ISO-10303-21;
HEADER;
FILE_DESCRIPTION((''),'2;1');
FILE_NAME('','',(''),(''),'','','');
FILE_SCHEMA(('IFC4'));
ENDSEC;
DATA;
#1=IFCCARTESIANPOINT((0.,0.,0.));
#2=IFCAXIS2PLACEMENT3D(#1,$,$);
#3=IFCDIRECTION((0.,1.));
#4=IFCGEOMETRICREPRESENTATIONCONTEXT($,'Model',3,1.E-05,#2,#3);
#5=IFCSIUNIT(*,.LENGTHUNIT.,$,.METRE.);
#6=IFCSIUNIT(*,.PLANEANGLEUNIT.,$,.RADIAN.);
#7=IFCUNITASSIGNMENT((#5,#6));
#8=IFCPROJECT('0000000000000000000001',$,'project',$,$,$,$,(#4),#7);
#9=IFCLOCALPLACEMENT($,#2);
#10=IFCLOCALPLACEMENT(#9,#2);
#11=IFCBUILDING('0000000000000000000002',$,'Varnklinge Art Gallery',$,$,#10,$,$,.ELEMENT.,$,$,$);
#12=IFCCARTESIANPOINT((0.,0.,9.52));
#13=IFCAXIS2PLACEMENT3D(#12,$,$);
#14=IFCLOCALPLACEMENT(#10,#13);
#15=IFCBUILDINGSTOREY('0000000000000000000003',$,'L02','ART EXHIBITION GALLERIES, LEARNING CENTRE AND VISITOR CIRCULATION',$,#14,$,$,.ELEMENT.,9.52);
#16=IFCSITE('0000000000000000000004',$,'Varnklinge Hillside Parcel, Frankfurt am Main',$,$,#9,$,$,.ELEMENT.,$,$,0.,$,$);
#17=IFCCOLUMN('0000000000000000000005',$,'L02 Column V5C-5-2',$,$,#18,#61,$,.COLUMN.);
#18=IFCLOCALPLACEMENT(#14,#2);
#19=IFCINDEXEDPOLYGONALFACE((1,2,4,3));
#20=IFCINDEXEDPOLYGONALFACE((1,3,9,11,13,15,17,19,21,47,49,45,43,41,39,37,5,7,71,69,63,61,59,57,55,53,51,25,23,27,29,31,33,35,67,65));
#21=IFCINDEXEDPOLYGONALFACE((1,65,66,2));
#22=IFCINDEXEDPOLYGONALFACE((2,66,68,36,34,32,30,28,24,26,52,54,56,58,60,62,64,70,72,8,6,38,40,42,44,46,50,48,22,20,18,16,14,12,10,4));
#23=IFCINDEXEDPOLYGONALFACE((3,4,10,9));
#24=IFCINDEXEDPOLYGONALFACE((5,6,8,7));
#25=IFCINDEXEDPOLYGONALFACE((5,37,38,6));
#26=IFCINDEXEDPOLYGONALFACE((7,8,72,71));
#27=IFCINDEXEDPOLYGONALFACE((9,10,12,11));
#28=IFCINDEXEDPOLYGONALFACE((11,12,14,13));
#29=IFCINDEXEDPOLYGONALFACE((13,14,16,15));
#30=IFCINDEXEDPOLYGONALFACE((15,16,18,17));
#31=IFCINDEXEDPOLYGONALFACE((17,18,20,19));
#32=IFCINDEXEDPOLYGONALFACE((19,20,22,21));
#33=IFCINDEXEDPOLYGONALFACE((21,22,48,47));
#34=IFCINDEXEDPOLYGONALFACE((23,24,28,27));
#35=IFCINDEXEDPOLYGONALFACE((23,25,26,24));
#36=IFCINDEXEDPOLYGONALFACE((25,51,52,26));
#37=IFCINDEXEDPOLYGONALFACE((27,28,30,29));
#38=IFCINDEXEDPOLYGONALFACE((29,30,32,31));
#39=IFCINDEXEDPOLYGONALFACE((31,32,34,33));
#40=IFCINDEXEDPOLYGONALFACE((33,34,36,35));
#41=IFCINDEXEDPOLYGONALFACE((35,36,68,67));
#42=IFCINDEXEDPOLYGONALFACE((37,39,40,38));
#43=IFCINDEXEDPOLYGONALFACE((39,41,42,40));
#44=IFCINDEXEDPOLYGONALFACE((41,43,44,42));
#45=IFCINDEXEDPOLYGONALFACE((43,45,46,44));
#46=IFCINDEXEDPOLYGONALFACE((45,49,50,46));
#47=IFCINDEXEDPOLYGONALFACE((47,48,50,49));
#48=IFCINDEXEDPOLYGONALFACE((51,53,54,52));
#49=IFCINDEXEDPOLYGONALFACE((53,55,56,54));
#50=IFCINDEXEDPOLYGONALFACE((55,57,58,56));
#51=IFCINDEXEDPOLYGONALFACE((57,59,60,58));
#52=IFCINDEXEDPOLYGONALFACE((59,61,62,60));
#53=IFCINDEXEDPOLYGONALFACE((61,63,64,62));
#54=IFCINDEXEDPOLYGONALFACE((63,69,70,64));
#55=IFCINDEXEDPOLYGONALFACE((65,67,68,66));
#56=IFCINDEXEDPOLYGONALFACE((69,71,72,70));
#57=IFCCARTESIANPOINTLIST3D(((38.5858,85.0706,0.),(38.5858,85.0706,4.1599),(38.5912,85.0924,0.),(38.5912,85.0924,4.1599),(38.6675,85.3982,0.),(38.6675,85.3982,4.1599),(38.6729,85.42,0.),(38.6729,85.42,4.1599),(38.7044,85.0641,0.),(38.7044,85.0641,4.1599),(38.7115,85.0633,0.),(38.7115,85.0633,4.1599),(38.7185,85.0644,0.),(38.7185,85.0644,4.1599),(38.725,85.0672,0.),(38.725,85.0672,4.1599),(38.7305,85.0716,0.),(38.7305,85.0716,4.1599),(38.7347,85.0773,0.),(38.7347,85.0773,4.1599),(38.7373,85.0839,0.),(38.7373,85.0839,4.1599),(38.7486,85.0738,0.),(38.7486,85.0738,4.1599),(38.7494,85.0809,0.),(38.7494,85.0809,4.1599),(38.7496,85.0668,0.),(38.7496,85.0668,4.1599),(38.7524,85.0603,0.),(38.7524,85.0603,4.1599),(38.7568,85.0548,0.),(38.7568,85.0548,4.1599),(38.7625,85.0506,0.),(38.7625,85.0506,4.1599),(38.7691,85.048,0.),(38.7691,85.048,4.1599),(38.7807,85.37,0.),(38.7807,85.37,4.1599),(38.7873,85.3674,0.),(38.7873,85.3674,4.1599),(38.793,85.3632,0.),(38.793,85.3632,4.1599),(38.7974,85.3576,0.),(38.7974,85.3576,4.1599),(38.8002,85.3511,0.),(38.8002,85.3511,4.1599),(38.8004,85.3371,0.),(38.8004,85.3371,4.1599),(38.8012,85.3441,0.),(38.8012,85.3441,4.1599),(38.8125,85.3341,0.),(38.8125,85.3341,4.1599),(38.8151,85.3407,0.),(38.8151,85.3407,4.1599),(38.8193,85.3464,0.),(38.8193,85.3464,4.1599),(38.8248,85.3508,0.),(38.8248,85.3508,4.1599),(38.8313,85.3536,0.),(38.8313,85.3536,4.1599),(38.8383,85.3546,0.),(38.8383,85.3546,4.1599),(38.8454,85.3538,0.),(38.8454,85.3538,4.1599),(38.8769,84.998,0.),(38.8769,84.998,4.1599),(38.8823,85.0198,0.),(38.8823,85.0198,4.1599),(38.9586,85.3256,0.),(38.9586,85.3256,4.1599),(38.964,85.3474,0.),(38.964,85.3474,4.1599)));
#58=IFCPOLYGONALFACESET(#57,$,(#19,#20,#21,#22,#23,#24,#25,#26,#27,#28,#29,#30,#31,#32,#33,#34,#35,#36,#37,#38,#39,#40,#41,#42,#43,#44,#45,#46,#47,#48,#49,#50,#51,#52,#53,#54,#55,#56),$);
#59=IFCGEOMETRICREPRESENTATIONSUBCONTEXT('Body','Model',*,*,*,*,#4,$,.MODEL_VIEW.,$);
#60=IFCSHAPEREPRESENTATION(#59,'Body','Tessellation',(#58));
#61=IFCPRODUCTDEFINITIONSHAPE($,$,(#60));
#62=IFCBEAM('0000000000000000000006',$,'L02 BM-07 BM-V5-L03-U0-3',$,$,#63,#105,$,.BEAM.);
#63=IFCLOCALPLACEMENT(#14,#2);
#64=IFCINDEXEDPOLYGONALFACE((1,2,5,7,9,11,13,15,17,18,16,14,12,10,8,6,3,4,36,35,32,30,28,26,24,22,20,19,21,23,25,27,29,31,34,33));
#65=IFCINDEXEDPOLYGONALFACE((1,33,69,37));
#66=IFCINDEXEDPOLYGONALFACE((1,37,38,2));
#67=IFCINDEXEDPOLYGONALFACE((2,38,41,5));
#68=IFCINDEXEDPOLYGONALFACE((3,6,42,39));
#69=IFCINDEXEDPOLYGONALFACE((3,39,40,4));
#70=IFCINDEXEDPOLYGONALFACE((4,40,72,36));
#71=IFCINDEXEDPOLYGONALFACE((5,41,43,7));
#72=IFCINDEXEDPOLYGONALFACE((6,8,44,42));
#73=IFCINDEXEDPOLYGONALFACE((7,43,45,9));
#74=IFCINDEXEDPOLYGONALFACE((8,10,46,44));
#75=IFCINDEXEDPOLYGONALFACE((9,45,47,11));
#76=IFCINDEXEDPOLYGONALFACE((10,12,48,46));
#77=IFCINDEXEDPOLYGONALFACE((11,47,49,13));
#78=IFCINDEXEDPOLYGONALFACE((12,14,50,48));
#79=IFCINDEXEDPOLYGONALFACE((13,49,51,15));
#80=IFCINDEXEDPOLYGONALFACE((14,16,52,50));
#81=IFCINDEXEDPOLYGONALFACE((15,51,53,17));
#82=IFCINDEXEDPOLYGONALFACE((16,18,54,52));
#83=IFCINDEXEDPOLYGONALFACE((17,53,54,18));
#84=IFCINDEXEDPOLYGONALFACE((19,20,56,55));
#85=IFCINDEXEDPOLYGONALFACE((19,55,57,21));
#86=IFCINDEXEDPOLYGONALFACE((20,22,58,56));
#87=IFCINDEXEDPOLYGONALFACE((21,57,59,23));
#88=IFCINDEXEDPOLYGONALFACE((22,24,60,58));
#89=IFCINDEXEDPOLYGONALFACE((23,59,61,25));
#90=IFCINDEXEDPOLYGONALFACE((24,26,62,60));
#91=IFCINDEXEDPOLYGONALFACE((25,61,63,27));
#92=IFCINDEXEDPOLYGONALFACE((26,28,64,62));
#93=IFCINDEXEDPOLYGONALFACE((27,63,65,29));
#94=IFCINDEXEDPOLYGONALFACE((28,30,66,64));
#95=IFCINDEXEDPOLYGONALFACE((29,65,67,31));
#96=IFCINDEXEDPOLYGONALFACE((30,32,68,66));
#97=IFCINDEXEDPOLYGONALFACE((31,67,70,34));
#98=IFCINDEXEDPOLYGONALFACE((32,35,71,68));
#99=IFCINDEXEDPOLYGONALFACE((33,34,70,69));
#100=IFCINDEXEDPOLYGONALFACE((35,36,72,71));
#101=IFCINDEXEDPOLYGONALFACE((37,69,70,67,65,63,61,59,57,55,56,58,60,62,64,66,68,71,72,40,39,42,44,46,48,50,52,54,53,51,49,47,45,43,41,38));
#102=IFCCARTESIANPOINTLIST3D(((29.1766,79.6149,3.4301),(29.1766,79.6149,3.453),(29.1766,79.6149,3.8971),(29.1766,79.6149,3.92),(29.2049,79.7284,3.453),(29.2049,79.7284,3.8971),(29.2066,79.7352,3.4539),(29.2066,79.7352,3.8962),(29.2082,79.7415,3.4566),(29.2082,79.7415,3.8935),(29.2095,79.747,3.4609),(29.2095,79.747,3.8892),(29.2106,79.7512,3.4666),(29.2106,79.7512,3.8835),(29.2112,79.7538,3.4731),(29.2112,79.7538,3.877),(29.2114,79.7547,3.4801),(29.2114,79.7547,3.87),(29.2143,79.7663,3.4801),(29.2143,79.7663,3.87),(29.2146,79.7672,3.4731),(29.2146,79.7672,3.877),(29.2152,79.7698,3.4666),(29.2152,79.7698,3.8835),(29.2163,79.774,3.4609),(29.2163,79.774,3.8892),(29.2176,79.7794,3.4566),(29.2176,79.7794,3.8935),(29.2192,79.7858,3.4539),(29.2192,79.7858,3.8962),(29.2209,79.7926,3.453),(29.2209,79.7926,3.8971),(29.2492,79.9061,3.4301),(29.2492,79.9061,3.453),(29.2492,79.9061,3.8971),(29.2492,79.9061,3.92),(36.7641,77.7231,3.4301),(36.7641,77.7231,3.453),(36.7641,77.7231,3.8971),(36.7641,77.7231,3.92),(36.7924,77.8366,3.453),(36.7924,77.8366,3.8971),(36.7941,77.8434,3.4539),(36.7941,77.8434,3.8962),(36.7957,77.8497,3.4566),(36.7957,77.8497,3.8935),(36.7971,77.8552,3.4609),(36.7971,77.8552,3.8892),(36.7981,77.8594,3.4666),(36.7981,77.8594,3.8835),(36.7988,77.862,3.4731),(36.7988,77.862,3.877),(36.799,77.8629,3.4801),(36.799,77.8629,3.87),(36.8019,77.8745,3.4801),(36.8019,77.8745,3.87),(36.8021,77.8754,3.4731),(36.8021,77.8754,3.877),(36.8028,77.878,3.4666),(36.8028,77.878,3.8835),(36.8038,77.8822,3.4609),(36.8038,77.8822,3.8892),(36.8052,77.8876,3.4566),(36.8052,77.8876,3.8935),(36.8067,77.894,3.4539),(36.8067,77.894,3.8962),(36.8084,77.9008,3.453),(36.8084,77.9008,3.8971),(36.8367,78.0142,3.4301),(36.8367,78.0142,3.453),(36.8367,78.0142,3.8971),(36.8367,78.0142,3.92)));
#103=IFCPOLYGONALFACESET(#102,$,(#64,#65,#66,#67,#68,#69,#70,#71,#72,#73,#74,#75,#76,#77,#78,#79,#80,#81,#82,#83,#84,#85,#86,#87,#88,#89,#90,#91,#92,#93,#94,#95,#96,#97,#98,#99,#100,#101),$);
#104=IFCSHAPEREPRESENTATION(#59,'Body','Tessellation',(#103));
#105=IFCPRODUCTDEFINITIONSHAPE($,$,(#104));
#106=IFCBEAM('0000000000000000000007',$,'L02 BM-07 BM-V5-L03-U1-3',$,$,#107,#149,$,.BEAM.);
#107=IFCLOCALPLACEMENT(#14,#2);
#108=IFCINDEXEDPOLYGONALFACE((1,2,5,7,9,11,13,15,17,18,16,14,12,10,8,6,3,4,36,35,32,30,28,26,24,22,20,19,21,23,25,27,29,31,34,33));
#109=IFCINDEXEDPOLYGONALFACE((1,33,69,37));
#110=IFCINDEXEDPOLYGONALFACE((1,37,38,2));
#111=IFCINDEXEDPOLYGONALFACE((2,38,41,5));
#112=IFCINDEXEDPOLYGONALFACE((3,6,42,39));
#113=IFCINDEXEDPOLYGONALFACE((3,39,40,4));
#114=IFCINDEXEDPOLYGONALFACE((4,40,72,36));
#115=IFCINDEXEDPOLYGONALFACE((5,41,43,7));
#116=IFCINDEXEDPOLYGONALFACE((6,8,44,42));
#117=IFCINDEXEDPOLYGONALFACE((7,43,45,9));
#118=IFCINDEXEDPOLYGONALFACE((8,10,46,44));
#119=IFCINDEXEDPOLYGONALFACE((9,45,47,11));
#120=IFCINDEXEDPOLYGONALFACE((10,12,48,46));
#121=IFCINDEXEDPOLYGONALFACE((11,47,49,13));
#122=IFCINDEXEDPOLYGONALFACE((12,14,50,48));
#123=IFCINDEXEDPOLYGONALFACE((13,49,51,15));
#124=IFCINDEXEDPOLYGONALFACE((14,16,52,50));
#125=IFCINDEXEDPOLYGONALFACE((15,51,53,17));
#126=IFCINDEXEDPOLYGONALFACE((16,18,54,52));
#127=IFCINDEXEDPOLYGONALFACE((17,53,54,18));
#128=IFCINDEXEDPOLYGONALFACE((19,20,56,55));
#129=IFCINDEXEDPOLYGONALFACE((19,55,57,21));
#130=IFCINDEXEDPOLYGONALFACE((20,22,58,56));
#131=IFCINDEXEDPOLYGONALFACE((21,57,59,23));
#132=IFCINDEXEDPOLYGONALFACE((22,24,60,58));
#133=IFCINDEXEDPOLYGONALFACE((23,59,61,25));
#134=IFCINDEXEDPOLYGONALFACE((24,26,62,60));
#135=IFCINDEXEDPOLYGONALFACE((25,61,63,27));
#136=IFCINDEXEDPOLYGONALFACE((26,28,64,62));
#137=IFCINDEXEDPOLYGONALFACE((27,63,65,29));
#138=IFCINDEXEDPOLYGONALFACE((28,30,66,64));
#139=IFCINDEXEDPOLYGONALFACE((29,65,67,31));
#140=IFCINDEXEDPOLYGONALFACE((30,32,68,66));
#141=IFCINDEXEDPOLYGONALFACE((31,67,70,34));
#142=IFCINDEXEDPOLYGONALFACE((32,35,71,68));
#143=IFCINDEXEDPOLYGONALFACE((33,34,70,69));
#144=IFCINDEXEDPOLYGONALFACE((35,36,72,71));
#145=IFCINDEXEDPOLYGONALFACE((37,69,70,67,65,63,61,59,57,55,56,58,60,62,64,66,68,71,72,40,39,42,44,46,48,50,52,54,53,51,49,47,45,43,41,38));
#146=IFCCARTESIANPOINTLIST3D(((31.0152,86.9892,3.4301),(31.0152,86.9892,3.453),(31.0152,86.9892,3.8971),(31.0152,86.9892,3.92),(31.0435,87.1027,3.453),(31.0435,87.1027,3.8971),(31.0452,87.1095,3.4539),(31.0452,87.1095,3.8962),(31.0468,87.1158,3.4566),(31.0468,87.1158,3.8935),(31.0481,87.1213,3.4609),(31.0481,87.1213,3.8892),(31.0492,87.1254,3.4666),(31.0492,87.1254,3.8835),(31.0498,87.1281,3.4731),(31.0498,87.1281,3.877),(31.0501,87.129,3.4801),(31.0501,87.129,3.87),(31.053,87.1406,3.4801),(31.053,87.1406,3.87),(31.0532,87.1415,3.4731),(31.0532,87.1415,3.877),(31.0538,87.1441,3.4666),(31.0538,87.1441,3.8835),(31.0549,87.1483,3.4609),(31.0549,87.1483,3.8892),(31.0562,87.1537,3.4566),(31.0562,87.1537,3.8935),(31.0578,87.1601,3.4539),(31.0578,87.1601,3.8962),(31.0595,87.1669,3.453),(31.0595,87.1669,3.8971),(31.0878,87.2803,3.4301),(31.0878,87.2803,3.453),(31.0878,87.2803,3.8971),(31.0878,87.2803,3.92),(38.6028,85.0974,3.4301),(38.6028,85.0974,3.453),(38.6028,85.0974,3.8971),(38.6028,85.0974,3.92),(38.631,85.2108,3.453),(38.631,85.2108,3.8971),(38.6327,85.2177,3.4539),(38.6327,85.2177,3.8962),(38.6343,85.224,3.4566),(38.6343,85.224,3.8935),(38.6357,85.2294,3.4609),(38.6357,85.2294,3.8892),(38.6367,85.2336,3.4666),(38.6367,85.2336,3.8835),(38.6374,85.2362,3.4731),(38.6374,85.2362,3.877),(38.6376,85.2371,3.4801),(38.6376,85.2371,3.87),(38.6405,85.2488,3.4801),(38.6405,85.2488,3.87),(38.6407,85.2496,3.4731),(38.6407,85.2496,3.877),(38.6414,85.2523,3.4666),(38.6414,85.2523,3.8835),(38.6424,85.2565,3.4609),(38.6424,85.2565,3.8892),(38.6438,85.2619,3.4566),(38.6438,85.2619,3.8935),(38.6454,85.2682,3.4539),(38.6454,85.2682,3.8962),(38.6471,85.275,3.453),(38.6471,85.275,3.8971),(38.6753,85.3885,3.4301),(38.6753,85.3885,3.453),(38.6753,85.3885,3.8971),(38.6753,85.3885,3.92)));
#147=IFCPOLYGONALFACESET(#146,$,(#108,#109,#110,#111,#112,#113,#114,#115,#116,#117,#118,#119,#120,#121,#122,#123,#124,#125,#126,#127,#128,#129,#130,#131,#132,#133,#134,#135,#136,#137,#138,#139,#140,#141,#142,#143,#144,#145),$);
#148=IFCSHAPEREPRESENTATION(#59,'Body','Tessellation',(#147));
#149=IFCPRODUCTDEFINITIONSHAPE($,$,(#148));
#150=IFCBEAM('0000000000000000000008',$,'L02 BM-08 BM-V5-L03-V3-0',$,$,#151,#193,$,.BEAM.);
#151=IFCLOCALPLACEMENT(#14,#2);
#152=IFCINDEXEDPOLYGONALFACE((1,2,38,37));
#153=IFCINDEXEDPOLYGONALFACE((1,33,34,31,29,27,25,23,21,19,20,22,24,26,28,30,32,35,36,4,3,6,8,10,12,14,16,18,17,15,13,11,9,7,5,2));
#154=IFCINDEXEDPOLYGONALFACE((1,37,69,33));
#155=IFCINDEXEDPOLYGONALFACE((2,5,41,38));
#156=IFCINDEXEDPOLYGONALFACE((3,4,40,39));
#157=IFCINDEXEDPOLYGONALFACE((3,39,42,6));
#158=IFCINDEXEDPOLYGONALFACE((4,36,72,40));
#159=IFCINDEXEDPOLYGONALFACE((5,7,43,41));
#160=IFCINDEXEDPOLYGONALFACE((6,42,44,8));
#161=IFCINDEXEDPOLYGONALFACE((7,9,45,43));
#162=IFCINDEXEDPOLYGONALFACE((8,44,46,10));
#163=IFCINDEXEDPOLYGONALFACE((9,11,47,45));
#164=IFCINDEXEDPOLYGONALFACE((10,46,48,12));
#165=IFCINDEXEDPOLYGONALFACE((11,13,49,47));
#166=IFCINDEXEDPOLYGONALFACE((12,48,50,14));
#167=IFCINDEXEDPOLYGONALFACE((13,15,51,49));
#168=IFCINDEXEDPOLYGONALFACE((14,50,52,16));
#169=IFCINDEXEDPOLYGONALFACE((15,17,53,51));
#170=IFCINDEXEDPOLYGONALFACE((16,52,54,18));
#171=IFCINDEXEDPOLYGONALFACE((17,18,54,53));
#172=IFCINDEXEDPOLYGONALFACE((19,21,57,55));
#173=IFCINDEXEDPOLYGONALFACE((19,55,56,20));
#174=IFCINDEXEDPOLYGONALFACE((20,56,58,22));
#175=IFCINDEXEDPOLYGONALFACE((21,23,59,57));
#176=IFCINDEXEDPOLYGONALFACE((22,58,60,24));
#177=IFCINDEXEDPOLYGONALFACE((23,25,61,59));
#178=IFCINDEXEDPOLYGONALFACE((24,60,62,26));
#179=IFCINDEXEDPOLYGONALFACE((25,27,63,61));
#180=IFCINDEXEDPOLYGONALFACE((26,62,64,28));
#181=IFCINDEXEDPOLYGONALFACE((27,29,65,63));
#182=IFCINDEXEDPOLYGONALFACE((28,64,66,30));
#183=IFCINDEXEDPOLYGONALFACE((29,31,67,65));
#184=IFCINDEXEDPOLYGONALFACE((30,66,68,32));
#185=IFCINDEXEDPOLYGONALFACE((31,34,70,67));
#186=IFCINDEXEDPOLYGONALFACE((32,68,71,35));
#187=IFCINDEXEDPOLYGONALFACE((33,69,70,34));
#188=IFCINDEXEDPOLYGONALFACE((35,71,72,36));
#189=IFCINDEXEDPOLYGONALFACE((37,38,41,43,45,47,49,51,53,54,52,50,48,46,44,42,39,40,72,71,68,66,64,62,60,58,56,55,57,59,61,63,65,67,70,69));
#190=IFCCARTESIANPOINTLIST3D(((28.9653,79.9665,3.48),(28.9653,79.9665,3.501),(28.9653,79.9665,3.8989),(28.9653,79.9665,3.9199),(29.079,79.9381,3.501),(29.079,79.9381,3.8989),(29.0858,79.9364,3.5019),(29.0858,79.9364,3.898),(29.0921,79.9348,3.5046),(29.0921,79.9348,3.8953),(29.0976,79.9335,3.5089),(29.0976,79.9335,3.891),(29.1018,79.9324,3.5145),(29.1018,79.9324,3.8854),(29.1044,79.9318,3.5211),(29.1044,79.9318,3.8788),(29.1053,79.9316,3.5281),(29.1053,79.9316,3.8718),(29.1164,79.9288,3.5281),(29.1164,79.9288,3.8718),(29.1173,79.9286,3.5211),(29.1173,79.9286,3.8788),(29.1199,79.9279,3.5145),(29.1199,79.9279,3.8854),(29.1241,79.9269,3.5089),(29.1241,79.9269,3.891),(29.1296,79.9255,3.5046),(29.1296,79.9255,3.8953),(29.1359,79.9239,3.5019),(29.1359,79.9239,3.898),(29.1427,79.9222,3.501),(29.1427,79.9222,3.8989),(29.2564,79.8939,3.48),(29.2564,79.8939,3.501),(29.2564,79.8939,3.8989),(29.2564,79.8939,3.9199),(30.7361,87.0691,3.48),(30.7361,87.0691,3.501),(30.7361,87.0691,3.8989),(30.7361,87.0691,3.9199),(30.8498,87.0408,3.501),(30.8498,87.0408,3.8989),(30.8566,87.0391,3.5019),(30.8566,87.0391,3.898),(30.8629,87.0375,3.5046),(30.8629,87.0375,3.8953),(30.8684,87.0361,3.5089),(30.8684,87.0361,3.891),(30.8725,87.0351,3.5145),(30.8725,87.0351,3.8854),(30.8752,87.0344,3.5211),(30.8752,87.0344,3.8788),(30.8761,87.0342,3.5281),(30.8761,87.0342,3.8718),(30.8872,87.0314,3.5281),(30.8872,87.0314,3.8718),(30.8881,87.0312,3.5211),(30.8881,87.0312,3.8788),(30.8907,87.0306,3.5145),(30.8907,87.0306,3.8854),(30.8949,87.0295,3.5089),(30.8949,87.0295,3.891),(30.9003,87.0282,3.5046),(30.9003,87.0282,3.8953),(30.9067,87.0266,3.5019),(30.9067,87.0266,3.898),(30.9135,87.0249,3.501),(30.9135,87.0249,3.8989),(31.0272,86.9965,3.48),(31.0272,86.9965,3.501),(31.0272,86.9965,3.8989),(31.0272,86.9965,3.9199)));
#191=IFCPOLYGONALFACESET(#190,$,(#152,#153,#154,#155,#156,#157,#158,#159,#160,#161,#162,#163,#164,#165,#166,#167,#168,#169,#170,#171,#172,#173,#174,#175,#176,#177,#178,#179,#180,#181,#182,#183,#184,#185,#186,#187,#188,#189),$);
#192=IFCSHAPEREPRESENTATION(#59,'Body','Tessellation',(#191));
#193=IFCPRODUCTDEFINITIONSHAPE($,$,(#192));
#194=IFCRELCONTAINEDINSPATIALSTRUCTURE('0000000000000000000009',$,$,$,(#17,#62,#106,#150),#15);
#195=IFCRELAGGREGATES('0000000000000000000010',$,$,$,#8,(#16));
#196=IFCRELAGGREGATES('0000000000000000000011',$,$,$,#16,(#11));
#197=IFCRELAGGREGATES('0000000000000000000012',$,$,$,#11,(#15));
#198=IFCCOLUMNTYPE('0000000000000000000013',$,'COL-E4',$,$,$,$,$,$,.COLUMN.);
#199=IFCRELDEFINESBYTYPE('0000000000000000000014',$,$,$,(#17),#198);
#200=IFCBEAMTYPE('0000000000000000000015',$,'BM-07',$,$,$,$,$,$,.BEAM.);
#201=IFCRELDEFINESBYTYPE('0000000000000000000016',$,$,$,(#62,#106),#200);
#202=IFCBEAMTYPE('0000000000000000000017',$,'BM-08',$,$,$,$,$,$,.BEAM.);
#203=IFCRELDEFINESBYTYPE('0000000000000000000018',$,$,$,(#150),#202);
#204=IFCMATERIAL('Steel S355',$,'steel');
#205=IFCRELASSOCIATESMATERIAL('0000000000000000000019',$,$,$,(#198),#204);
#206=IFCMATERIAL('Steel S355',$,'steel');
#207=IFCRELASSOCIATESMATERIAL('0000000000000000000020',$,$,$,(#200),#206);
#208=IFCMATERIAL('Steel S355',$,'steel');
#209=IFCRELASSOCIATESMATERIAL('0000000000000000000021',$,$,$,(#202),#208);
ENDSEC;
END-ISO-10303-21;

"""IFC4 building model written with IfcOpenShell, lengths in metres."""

from ifc_helpers import new_model, si_unit, direction, frame, origin, origin_2d, place, context, subcontext, project, spatial, i_section, extrude, material, material_profile, profile_set, type_object, element, save


model = new_model("IFC4")

# Units and contexts
model_context = context("Model", 3, precision=1e-05, world=origin(), true_north=direction((0.0, 1.0)))
body_context = subcontext(model_context, "Body", "Model", "MODEL_VIEW")
ifc_project = project(units=[si_unit("LENGTHUNIT", "METRE"), si_unit("PLANEANGLEUNIT", "RADIAN")], contexts=[model_context])

# Site, building, storey
site_placement = place(None, origin())
site = spatial("IfcSite", under=ifc_project, at=site_placement, Name="Varnklinge Hillside Parcel, Frankfurt am Main", CompositionType="ELEMENT", RefElevation=0.0)
building_placement = place(site_placement, origin())
building = spatial("IfcBuilding", under=site, at=building_placement, Name="Varnklinge Art Gallery", CompositionType="ELEMENT")
storey_placement = place(building_placement, frame((0.0, 0.0, 9.52)))
storey = spatial("IfcBuildingStorey", under=building, at=storey_placement, Name="L02", Description="ART EXHIBITION GALLERIES, LEARNING CENTRE AND VISITOR CIRCULATION", CompositionType="ELEMENT", Elevation=9.52)

# Column
ifc_material_1 = material(Name="Steel S355", Category="steel")
ifc_material_profile_1 = material_profile(ifc_material_1, i_section(OverallWidth=0.3, OverallDepth=0.3601, WebThickness=0.0125, FlangeThickness=0.0225, FilletRadius=0.0271, at=origin_2d()), Name="HEB 360")
ifc_profile_set_1 = profile_set([ifc_material_profile_1], Name="Steel S355")
column_type_1 = type_object("IfcColumnType", Name="COL-E4", PredefinedType="COLUMN", material=ifc_profile_set_1)
for number, where, z_axis, x_axis, name in (
    (1, (38.7749, 85.209, 0.0), (0.0, 0.0, 1.0), (0.970296, -0.241922, 0.0), "L02 Column V5C-5-2"),
):
    element("IfcColumn", number, at=place(storey_placement, frame(where, z_axis=z_axis, x_axis=x_axis)), inside=storey, type_object=column_type_1, Name=name, PredefinedType="COLUMN", context=body_context, shape_type="SweptSolid", body=[
        extrude(i_section(OverallWidth=0.3, OverallDepth=0.3601, WebThickness=0.0125, FlangeThickness=0.0225, FilletRadius=0.0271, at=origin_2d()), origin(), (0.0, 0.0, 1.0), 4.1599),
    ])

# Beams
ifc_material_2 = material(Name="Steel S355", Category="steel")
ifc_material_profile_2 = material_profile(ifc_material_2, i_section(OverallWidth=0.3, OverallDepth=0.49, WebThickness=0.012, FlangeThickness=0.0229, FilletRadius=0.0271, at=origin_2d()), Name="HEA 500")
ifc_profile_set_2 = profile_set([ifc_material_profile_2], Name="Steel S355")
beam_type_1 = type_object("IfcBeamType", Name="BM-07", PredefinedType="BEAM", material=ifc_profile_set_2)
for number, where, z_axis, x_axis, name in (
    (2, (29.2129, 79.7605, 3.675), (0.970295, -0.241926, 0.0), (0.241926, 0.970295, 0.0), "L02 BM-07 BM-V5-L03-U0-3"),
    (3, (31.0515, 87.1348, 3.675), (0.970295, -0.241926, 0.0), (0.241926, 0.970295, 0.0), "L02 BM-07 BM-V5-L03-U1-3"),
):
    element("IfcBeam", number, at=place(storey_placement, frame(where, z_axis=z_axis, x_axis=x_axis)), inside=storey, type_object=beam_type_1, Name=name, PredefinedType="BEAM", context=body_context, shape_type="SweptSolid", body=[
        extrude(i_section(OverallWidth=0.3, OverallDepth=0.49, WebThickness=0.012, FlangeThickness=0.0229, FilletRadius=0.0271, at=origin_2d()), origin(), (0.0, 0.0, 1.0), 7.8198),
    ])
ifc_material_3 = material(Name="Steel S355", Category="steel")
ifc_material_profile_3 = material_profile(ifc_material_3, i_section(OverallWidth=0.3, OverallDepth=0.4399, WebThickness=0.0115, FlangeThickness=0.021, FilletRadius=0.0271, at=origin_2d()), Name="HEA 450")
ifc_profile_set_3 = profile_set([ifc_material_profile_3], Name="Steel S355")
beam_type_2 = type_object("IfcBeamType", Name="BM-08", PredefinedType="BEAM", material=ifc_profile_set_3)
beam_1_placement = place(storey_placement, frame((29.1108, 79.9302, 3.7), z_axis=(0.241908, 0.970299, 0.0), x_axis=(-0.970299, 0.241908, 0.0)))
element("IfcBeam", 4, at=beam_1_placement, inside=storey, type_object=beam_type_2, Name="L02 BM-08 BM-V5-L03-V3-0", PredefinedType="BEAM", context=body_context, shape_type="SweptSolid", body=[
    extrude(i_section(OverallWidth=0.3, OverallDepth=0.4399, WebThickness=0.0115, FlangeThickness=0.021, FilletRadius=0.0271, at=origin_2d()), origin(), (0.0, 0.0, 1.0), 7.3201),
])

save(model, "model.ifc")
